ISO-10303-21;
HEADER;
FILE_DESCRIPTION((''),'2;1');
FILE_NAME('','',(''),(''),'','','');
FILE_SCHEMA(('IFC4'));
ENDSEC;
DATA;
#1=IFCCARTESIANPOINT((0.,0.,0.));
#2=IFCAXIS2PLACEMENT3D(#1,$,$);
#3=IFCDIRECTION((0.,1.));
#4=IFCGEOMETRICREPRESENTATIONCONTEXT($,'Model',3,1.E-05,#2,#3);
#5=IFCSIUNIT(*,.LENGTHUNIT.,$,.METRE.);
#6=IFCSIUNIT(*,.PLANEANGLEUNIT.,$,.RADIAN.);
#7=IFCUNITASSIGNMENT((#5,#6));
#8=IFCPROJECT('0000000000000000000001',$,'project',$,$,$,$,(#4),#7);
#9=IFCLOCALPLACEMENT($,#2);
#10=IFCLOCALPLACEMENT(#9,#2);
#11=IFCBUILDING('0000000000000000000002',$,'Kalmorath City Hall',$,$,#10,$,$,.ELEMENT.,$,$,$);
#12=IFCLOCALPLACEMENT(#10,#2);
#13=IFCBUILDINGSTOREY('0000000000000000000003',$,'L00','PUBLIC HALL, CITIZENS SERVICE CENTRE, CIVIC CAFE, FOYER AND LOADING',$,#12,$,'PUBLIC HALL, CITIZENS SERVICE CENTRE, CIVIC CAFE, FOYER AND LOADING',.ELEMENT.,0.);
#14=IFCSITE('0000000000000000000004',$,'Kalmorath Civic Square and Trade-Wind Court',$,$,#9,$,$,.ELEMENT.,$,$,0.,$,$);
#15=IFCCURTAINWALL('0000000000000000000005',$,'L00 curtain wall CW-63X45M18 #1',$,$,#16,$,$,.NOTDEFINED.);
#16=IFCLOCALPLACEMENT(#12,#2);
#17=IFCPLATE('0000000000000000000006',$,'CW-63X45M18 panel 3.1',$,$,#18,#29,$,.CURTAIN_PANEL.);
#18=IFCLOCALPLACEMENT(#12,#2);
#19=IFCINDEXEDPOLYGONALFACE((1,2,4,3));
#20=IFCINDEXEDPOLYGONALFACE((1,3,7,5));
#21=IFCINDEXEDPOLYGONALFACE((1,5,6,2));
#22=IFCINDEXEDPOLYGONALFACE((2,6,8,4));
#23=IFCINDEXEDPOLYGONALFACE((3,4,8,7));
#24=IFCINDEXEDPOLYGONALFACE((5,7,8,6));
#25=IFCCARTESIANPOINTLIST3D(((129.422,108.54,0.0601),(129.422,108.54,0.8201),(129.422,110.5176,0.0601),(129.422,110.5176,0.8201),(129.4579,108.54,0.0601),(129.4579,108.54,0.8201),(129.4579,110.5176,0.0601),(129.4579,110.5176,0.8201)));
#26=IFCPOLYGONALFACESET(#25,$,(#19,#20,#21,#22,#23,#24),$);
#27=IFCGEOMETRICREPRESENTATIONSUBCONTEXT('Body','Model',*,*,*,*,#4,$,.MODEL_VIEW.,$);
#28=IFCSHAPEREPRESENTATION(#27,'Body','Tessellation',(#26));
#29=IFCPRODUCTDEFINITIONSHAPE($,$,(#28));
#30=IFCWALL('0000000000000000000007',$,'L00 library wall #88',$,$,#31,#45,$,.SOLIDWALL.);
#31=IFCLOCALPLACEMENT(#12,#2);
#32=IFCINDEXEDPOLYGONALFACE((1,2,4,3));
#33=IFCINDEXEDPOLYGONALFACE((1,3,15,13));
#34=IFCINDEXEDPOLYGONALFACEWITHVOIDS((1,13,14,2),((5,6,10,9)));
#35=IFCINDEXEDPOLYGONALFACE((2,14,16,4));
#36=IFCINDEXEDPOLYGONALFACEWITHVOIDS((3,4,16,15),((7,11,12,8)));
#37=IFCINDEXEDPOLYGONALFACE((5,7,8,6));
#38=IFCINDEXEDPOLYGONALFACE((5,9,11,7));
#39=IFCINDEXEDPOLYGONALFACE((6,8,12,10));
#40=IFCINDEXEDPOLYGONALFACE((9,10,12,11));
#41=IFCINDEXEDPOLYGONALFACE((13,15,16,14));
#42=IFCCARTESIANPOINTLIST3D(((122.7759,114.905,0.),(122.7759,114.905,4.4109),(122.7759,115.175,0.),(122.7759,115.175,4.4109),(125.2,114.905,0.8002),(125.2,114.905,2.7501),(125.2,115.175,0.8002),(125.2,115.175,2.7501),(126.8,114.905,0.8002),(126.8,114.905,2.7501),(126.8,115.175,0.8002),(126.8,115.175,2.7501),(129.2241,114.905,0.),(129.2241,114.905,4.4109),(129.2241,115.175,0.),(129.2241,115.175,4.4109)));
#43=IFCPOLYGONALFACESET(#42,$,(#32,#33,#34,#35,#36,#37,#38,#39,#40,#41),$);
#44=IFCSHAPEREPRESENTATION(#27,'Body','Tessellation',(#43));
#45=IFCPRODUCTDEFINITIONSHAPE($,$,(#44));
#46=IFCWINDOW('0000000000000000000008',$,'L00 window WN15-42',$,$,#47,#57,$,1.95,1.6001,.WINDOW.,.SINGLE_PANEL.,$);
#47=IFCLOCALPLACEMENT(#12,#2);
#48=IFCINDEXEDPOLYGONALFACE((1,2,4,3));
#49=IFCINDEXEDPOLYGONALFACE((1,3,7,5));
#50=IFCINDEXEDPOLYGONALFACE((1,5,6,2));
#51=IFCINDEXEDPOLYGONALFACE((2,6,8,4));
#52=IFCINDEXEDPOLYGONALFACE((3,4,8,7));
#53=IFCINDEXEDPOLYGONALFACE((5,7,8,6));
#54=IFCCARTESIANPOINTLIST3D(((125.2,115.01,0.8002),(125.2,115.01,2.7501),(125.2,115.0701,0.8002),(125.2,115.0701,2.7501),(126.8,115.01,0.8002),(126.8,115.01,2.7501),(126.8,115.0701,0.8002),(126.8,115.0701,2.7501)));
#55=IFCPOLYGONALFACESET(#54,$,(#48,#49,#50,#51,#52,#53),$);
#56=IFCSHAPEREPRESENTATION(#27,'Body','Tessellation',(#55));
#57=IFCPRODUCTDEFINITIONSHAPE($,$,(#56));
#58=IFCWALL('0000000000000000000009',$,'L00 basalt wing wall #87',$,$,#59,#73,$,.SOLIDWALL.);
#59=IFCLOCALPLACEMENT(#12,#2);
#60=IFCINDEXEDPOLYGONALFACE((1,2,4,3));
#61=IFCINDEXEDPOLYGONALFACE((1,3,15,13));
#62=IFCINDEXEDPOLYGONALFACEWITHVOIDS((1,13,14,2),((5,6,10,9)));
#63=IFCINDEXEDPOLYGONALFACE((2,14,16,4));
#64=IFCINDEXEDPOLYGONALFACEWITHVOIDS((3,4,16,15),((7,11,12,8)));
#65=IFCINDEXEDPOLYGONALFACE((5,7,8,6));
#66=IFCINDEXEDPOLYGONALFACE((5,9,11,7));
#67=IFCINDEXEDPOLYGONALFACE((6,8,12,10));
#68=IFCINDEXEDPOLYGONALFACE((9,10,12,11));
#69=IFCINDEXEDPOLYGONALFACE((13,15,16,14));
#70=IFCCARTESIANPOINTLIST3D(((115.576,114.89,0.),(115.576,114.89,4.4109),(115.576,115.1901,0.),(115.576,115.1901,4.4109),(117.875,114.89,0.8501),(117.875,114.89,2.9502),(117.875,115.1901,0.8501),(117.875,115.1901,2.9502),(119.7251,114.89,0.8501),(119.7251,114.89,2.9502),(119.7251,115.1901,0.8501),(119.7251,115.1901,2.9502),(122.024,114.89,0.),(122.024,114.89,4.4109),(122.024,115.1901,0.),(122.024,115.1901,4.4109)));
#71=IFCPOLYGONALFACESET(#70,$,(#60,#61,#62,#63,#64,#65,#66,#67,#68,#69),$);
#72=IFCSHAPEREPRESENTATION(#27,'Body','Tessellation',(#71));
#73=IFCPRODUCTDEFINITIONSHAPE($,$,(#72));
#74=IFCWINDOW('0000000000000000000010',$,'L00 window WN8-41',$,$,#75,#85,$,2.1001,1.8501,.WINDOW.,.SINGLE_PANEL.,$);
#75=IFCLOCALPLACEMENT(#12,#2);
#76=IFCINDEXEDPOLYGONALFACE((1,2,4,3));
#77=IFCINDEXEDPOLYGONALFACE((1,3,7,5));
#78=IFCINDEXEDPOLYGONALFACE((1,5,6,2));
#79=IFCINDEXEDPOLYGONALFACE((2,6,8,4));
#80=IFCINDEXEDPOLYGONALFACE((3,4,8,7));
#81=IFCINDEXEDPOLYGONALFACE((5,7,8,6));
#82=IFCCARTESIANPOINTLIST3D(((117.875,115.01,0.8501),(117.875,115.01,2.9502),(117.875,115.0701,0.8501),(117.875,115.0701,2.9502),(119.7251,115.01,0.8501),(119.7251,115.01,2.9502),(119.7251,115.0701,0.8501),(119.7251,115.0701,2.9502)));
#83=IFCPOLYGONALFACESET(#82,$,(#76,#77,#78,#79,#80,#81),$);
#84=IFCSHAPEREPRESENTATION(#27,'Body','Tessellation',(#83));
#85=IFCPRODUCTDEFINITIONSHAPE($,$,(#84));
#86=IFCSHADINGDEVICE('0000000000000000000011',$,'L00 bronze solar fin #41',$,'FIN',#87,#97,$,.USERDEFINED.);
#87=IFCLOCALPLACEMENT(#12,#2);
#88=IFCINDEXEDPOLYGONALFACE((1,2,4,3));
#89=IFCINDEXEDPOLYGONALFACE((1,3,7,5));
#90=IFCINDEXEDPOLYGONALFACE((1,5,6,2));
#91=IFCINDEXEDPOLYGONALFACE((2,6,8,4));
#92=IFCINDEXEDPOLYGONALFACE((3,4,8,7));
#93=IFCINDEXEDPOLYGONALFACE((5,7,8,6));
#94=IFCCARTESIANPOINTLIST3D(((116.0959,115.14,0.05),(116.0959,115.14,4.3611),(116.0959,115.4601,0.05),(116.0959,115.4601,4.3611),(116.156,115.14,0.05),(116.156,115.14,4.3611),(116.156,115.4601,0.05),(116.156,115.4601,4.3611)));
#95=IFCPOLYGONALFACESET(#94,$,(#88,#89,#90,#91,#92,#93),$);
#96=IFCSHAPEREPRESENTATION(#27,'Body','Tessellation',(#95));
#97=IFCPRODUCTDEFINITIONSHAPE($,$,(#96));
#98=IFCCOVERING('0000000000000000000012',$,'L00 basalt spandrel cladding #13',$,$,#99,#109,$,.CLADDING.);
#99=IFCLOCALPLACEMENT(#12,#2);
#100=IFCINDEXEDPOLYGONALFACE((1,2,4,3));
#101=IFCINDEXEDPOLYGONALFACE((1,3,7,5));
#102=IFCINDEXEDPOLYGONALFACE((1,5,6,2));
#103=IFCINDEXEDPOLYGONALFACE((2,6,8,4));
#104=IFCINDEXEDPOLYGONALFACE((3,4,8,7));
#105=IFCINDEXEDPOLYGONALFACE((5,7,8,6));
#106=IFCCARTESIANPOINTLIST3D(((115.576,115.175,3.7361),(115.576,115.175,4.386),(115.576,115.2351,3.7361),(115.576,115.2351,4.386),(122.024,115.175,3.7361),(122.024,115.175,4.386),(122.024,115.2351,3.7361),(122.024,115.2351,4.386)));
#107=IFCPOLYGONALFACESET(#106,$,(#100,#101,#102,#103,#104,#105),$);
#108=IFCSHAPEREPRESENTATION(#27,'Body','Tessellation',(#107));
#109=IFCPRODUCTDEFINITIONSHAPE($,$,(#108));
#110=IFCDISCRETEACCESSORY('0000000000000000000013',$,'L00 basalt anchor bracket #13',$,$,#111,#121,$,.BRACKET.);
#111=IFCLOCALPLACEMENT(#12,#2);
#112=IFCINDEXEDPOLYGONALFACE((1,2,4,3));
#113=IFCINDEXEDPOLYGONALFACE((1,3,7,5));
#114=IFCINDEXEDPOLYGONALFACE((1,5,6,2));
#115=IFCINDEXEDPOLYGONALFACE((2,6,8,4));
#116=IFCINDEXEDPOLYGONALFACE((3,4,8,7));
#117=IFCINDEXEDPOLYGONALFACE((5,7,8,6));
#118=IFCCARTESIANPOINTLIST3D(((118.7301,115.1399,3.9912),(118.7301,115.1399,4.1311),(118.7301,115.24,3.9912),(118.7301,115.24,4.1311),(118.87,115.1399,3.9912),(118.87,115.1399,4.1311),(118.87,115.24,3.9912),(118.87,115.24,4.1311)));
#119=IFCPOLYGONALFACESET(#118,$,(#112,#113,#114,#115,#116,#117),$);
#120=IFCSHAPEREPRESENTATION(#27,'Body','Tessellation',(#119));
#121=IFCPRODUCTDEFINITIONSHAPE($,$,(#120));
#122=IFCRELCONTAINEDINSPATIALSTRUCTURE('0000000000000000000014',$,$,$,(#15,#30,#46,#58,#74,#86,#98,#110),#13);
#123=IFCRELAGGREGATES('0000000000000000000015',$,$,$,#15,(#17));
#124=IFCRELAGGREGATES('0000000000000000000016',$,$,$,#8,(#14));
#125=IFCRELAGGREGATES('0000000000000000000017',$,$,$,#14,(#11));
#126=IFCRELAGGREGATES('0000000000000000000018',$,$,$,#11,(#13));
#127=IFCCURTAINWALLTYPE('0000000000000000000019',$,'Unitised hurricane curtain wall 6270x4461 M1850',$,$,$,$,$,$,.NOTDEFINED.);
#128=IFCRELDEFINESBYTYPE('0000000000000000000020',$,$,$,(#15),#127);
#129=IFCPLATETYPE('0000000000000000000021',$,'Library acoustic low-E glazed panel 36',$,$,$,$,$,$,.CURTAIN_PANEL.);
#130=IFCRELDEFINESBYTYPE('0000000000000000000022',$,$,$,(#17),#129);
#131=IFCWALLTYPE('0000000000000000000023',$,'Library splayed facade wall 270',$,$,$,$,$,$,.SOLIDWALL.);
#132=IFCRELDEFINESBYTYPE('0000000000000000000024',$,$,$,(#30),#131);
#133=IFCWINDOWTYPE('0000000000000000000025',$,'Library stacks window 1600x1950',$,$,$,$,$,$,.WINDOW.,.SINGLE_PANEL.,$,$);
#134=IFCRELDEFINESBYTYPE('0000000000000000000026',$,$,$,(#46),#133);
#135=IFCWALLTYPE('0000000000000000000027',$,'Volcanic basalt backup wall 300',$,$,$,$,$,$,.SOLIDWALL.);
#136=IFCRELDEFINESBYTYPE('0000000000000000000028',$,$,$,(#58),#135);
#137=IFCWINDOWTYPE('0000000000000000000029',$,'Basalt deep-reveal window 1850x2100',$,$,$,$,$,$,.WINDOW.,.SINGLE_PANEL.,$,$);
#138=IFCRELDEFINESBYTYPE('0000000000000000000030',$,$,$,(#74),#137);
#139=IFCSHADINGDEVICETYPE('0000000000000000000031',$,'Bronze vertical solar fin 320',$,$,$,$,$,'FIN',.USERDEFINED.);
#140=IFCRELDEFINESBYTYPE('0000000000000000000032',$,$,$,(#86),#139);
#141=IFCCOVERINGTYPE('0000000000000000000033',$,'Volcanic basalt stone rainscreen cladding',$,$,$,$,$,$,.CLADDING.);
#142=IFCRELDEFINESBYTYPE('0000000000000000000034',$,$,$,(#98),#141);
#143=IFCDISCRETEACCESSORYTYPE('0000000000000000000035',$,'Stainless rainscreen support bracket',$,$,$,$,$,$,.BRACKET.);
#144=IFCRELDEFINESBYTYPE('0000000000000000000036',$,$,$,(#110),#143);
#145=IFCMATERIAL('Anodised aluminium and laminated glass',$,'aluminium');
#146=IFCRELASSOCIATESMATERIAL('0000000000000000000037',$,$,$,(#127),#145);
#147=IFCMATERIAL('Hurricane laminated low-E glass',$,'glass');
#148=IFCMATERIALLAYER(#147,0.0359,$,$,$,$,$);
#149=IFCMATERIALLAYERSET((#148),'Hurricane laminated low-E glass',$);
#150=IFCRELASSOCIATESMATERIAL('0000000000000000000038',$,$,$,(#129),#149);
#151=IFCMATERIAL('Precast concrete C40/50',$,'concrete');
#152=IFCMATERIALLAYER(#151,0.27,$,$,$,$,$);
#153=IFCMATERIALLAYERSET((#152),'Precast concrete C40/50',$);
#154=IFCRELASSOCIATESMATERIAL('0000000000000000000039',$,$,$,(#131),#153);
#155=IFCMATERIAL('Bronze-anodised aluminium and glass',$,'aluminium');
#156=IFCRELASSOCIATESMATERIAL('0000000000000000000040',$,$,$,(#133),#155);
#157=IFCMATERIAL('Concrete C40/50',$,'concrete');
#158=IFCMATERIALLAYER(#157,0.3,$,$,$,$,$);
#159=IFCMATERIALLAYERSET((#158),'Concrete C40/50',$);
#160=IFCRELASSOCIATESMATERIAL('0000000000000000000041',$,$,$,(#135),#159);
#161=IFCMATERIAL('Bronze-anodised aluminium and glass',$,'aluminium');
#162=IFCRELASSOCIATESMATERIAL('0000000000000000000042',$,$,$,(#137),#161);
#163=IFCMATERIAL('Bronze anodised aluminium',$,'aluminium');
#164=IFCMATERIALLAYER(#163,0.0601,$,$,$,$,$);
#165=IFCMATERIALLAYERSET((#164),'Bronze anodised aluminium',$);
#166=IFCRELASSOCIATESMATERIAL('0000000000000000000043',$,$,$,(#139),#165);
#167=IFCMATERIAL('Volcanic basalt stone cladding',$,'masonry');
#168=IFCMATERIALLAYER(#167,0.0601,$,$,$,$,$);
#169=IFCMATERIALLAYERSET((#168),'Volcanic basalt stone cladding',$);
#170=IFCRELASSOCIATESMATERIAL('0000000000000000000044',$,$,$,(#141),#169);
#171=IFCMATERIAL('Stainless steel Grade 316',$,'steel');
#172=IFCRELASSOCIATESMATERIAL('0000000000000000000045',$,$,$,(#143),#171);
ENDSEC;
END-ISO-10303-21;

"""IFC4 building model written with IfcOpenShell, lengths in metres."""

from ifc_helpers import new_model, si_unit, direction, frame, frame_2d, origin, origin_2d, place, context, subcontext, project, spatial, rectangle, extrude, material, layer, layer_set, type_object, element, fill, aggregate, save


model = new_model("IFC4")

# Units and contexts
model_context = context("Model", 3, precision=1e-05, world=origin(), true_north=direction((0.0, 1.0)))
body_context = subcontext(model_context, "Body", "Model", "MODEL_VIEW")
ifc_project = project(units=[si_unit("LENGTHUNIT", "METRE"), si_unit("PLANEANGLEUNIT", "RADIAN")], contexts=[model_context])

# Site, building, storey
site_placement = place(None, origin())
site = spatial("IfcSite", under=ifc_project, at=site_placement, Name="Kalmorath Civic Square and Trade-Wind Court", CompositionType="ELEMENT", RefElevation=0.0)
building_placement = place(site_placement, origin())
building = spatial("IfcBuilding", under=site, at=building_placement, Name="Kalmorath City Hall", CompositionType="ELEMENT")
storey_placement = place(building_placement, origin())
storey = spatial("IfcBuildingStorey", under=building, at=storey_placement, Name="L00", Description="PUBLIC HALL, CITIZENS SERVICE CENTRE, CIVIC CAFE, FOYER AND LOADING", LongName="PUBLIC HALL, CITIZENS SERVICE CENTRE, CIVIC CAFE, FOYER AND LOADING", CompositionType="ELEMENT", Elevation=0.0)

# Curtain wall
ifc_material_1 = material(Name="Anodised aluminium and laminated glass", Category="aluminium")
curtain_wall_type = type_object("IfcCurtainWallType", Name="Unitised hurricane curtain wall 6270x4461 M1850", PredefinedType="NOTDEFINED", material=ifc_material_1)
curtain_wall_placement = place(storey_placement, origin())
curtain_wall = element("IfcCurtainWall", 1, at=curtain_wall_placement, inside=storey, type_object=curtain_wall_type, Name="L00 curtain wall CW-63X45M18 #1", PredefinedType="NOTDEFINED")

# Plate
ifc_material_2 = material(Name="Hurricane laminated low-E glass", Category="glass")
ifc_layer_1 = layer(ifc_material_2, 0.0359)
ifc_layer_set_1 = layer_set([ifc_layer_1], Name="Hurricane laminated low-E glass")
plate_type = type_object("IfcPlateType", Name="Library acoustic low-E glazed panel 36", PredefinedType="CURTAIN_PANEL", material=ifc_layer_set_1)
plate_placement = place(storey_placement, frame((129.4399, 109.5288, 0.0601), z_axis=(0.0, 0.0, 1.0), x_axis=(0.0, -1.0, 0.0)))
plate = element("IfcPlate", 2, at=plate_placement, type_object=plate_type, Name="CW-63X45M18 panel 3.1", PredefinedType="CURTAIN_PANEL", context=body_context, shape_type="SweptSolid", body=[
    extrude(rectangle(XDim=1.9775, YDim=0.0359, at=origin_2d()), origin(), (0.0, 0.0, 1.0), 0.76),
])
aggregate(curtain_wall, [plate])

# Wall, opening, window
ifc_material_3 = material(Name="Precast concrete C40/50", Category="concrete")
ifc_layer_2 = layer(ifc_material_3, 0.27)
ifc_layer_set_2 = layer_set([ifc_layer_2], Name="Precast concrete C40/50")
wall_type_1 = type_object("IfcWallType", Name="Library splayed facade wall 270", PredefinedType="SOLIDWALL", material=ifc_layer_set_2)
wall_1_placement = place(storey_placement, frame((122.7759, 115.04, 0.0), z_axis=(0.0, 0.0, 1.0), x_axis=(1.0, 0.0, 0.0)))
wall_1 = element("IfcWall", 3, at=wall_1_placement, inside=storey, type_object=wall_type_1, Name="L00 library wall #88", PredefinedType="SOLIDWALL", context=body_context, shape_type="SweptSolid", body=[
    extrude(rectangle(XDim=6.4482, YDim=0.27, at=frame_2d((3.2241, 0.0))), origin(), (0.0, 0.0, 1.0), 4.4109),
])
opening_1_placement = place(wall_1_placement, frame((2.4241, 0.0, 0.8)))
opening_1 = element("IfcOpeningElement", 4, at=opening_1_placement, cuts=wall_1, PredefinedType="OPENING", context=body_context, shape_type="SweptSolid", body=[
    extrude(rectangle(XDim=1.6001, YDim=1.95, at=frame_2d((0.8, 0.9751))), frame((0.0, 0.145, 0.0), z_axis=(0.0, -1.0, 0.0), x_axis=(1.0, 0.0, 0.0)), (0.0, 0.0, 1.0), 0.29),
])
ifc_material_4 = material(Name="Bronze-anodised aluminium and glass", Category="aluminium")
window_type_1 = type_object("IfcWindowType", Name="Library stacks window 1600x1950", PartitioningType="SINGLE_PANEL", PredefinedType="WINDOW", material=ifc_material_4)
window_1_placement = place(opening_1_placement, origin())
window_1 = element("IfcWindow", 5, at=window_1_placement, inside=storey, type_object=window_type_1, Name="L00 window WN15-42", OverallHeight=1.95, OverallWidth=1.6001, PartitioningType="SINGLE_PANEL", PredefinedType="WINDOW", context=body_context, shape_type="SweptSolid", body=[
    extrude(rectangle(XDim=1.6001, YDim=1.95, at=frame_2d((0.8, 0.9751))), frame((0.0, 0.03, 0.0), z_axis=(0.0, -1.0, 0.0), x_axis=(1.0, 0.0, 0.0)), (0.0, 0.0, 1.0), 0.0601),
])
fill(opening_1, window_1)

# Wall, opening, window
ifc_material_5 = material(Name="Concrete C40/50", Category="concrete")
ifc_layer_3 = layer(ifc_material_5, 0.3)
ifc_layer_set_3 = layer_set([ifc_layer_3], Name="Concrete C40/50")
wall_type_2 = type_object("IfcWallType", Name="Volcanic basalt backup wall 300", PredefinedType="SOLIDWALL", material=ifc_layer_set_3)
wall_2_placement = place(storey_placement, frame((115.5759, 115.04, 0.0), z_axis=(0.0, 0.0, 1.0), x_axis=(1.0, 0.0, 0.0)))
wall_2 = element("IfcWall", 6, at=wall_2_placement, inside=storey, type_object=wall_type_2, Name="L00 basalt wing wall #87", PredefinedType="SOLIDWALL", context=body_context, shape_type="SweptSolid", body=[
    extrude(rectangle(XDim=6.448, YDim=0.3, at=frame_2d((3.2241, 0.0))), origin(), (0.0, 0.0, 1.0), 4.4109),
])
opening_2_placement = place(wall_2_placement, frame((2.2991, 0.0, 0.8501)))
opening_2 = element("IfcOpeningElement", 7, at=opening_2_placement, cuts=wall_2, PredefinedType="OPENING", context=body_context, shape_type="SweptSolid", body=[
    extrude(rectangle(XDim=1.8501, YDim=2.1001, at=frame_2d((0.925, 1.05))), frame((0.0, 0.1599, 0.0), z_axis=(0.0, -1.0, 0.0), x_axis=(1.0, 0.0, 0.0)), (0.0, 0.0, 1.0), 0.3201),
])
ifc_material_6 = material(Name="Bronze-anodised aluminium and glass", Category="aluminium")
window_type_2 = type_object("IfcWindowType", Name="Basalt deep-reveal window 1850x2100", PartitioningType="SINGLE_PANEL", PredefinedType="WINDOW", material=ifc_material_6)
window_2_placement = place(opening_2_placement, origin())
window_2 = element("IfcWindow", 8, at=window_2_placement, inside=storey, type_object=window_type_2, Name="L00 window WN8-41", OverallHeight=2.1001, OverallWidth=1.8501, PartitioningType="SINGLE_PANEL", PredefinedType="WINDOW", context=body_context, shape_type="SweptSolid", body=[
    extrude(rectangle(XDim=1.8501, YDim=2.1001, at=frame_2d((0.925, 1.05))), frame((0.0, 0.03, 0.0), z_axis=(0.0, -1.0, 0.0), x_axis=(1.0, 0.0, 0.0)), (0.0, 0.0, 1.0), 0.0601),
])
fill(opening_2, window_2)

# Shading device
ifc_material_7 = material(Name="Bronze anodised aluminium", Category="aluminium")
ifc_layer_4 = layer(ifc_material_7, 0.0601)
ifc_layer_set_4 = layer_set([ifc_layer_4], Name="Bronze anodised aluminium")
shading_device_type = type_object("IfcShadingDeviceType", Name="Bronze vertical solar fin 320", ElementType="FIN", PredefinedType="USERDEFINED", material=ifc_layer_set_4)
shading_device_placement = place(storey_placement, frame((116.126, 115.3, 0.05), z_axis=(0.0, 0.0, 1.0), x_axis=(1.0, 0.0, 0.0)))
element("IfcShadingDevice", 9, at=shading_device_placement, inside=storey, type_object=shading_device_type, Name="L00 bronze solar fin #41", ObjectType="FIN", PredefinedType="USERDEFINED", context=body_context, shape_type="SweptSolid", body=[
    extrude(rectangle(XDim=0.0601, YDim=0.3201, at=origin_2d()), origin(), (0.0, 0.0, 1.0), 4.311),
])

# Covering
ifc_material_8 = material(Name="Volcanic basalt stone cladding", Category="masonry")
ifc_layer_5 = layer(ifc_material_8, 0.0601)
ifc_layer_set_5 = layer_set([ifc_layer_5], Name="Volcanic basalt stone cladding")
covering_type = type_object("IfcCoveringType", Name="Volcanic basalt stone rainscreen cladding", PredefinedType="CLADDING", material=ifc_layer_set_5)
covering_placement = place(storey_placement, frame((118.8, 115.2051, 3.7361), z_axis=(0.0, 0.0, 1.0), x_axis=(1.0, 0.0, 0.0)))
element("IfcCovering", 10, at=covering_placement, inside=storey, type_object=covering_type, Name="L00 basalt spandrel cladding #13", PredefinedType="CLADDING", context=body_context, shape_type="SweptSolid", body=[
    extrude(rectangle(XDim=6.448, YDim=0.0601, at=origin_2d()), origin(), (0.0, 0.0, 1.0), 0.6499),
])

# Discrete accessory
ifc_material_9 = material(Name="Stainless steel Grade 316", Category="steel")
discrete_accessory_type = type_object("IfcDiscreteAccessoryType", Name="Stainless rainscreen support bracket", PredefinedType="BRACKET", material=ifc_material_9)
discrete_accessory_placement = place(storey_placement, frame((118.8, 115.1899, 3.9912), z_axis=(0.0, 0.0, 1.0), x_axis=(1.0, 0.0, 0.0)))
element("IfcDiscreteAccessory", 11, at=discrete_accessory_placement, inside=storey, type_object=discrete_accessory_type, Name="L00 basalt anchor bracket #13", PredefinedType="BRACKET", context=body_context, shape_type="SweptSolid", body=[
    extrude(rectangle(XDim=0.1399, YDim=0.1001, at=origin_2d()), origin(), (0.0, 0.0, 1.0), 0.1399),
])

save(model, "model.ifc")
